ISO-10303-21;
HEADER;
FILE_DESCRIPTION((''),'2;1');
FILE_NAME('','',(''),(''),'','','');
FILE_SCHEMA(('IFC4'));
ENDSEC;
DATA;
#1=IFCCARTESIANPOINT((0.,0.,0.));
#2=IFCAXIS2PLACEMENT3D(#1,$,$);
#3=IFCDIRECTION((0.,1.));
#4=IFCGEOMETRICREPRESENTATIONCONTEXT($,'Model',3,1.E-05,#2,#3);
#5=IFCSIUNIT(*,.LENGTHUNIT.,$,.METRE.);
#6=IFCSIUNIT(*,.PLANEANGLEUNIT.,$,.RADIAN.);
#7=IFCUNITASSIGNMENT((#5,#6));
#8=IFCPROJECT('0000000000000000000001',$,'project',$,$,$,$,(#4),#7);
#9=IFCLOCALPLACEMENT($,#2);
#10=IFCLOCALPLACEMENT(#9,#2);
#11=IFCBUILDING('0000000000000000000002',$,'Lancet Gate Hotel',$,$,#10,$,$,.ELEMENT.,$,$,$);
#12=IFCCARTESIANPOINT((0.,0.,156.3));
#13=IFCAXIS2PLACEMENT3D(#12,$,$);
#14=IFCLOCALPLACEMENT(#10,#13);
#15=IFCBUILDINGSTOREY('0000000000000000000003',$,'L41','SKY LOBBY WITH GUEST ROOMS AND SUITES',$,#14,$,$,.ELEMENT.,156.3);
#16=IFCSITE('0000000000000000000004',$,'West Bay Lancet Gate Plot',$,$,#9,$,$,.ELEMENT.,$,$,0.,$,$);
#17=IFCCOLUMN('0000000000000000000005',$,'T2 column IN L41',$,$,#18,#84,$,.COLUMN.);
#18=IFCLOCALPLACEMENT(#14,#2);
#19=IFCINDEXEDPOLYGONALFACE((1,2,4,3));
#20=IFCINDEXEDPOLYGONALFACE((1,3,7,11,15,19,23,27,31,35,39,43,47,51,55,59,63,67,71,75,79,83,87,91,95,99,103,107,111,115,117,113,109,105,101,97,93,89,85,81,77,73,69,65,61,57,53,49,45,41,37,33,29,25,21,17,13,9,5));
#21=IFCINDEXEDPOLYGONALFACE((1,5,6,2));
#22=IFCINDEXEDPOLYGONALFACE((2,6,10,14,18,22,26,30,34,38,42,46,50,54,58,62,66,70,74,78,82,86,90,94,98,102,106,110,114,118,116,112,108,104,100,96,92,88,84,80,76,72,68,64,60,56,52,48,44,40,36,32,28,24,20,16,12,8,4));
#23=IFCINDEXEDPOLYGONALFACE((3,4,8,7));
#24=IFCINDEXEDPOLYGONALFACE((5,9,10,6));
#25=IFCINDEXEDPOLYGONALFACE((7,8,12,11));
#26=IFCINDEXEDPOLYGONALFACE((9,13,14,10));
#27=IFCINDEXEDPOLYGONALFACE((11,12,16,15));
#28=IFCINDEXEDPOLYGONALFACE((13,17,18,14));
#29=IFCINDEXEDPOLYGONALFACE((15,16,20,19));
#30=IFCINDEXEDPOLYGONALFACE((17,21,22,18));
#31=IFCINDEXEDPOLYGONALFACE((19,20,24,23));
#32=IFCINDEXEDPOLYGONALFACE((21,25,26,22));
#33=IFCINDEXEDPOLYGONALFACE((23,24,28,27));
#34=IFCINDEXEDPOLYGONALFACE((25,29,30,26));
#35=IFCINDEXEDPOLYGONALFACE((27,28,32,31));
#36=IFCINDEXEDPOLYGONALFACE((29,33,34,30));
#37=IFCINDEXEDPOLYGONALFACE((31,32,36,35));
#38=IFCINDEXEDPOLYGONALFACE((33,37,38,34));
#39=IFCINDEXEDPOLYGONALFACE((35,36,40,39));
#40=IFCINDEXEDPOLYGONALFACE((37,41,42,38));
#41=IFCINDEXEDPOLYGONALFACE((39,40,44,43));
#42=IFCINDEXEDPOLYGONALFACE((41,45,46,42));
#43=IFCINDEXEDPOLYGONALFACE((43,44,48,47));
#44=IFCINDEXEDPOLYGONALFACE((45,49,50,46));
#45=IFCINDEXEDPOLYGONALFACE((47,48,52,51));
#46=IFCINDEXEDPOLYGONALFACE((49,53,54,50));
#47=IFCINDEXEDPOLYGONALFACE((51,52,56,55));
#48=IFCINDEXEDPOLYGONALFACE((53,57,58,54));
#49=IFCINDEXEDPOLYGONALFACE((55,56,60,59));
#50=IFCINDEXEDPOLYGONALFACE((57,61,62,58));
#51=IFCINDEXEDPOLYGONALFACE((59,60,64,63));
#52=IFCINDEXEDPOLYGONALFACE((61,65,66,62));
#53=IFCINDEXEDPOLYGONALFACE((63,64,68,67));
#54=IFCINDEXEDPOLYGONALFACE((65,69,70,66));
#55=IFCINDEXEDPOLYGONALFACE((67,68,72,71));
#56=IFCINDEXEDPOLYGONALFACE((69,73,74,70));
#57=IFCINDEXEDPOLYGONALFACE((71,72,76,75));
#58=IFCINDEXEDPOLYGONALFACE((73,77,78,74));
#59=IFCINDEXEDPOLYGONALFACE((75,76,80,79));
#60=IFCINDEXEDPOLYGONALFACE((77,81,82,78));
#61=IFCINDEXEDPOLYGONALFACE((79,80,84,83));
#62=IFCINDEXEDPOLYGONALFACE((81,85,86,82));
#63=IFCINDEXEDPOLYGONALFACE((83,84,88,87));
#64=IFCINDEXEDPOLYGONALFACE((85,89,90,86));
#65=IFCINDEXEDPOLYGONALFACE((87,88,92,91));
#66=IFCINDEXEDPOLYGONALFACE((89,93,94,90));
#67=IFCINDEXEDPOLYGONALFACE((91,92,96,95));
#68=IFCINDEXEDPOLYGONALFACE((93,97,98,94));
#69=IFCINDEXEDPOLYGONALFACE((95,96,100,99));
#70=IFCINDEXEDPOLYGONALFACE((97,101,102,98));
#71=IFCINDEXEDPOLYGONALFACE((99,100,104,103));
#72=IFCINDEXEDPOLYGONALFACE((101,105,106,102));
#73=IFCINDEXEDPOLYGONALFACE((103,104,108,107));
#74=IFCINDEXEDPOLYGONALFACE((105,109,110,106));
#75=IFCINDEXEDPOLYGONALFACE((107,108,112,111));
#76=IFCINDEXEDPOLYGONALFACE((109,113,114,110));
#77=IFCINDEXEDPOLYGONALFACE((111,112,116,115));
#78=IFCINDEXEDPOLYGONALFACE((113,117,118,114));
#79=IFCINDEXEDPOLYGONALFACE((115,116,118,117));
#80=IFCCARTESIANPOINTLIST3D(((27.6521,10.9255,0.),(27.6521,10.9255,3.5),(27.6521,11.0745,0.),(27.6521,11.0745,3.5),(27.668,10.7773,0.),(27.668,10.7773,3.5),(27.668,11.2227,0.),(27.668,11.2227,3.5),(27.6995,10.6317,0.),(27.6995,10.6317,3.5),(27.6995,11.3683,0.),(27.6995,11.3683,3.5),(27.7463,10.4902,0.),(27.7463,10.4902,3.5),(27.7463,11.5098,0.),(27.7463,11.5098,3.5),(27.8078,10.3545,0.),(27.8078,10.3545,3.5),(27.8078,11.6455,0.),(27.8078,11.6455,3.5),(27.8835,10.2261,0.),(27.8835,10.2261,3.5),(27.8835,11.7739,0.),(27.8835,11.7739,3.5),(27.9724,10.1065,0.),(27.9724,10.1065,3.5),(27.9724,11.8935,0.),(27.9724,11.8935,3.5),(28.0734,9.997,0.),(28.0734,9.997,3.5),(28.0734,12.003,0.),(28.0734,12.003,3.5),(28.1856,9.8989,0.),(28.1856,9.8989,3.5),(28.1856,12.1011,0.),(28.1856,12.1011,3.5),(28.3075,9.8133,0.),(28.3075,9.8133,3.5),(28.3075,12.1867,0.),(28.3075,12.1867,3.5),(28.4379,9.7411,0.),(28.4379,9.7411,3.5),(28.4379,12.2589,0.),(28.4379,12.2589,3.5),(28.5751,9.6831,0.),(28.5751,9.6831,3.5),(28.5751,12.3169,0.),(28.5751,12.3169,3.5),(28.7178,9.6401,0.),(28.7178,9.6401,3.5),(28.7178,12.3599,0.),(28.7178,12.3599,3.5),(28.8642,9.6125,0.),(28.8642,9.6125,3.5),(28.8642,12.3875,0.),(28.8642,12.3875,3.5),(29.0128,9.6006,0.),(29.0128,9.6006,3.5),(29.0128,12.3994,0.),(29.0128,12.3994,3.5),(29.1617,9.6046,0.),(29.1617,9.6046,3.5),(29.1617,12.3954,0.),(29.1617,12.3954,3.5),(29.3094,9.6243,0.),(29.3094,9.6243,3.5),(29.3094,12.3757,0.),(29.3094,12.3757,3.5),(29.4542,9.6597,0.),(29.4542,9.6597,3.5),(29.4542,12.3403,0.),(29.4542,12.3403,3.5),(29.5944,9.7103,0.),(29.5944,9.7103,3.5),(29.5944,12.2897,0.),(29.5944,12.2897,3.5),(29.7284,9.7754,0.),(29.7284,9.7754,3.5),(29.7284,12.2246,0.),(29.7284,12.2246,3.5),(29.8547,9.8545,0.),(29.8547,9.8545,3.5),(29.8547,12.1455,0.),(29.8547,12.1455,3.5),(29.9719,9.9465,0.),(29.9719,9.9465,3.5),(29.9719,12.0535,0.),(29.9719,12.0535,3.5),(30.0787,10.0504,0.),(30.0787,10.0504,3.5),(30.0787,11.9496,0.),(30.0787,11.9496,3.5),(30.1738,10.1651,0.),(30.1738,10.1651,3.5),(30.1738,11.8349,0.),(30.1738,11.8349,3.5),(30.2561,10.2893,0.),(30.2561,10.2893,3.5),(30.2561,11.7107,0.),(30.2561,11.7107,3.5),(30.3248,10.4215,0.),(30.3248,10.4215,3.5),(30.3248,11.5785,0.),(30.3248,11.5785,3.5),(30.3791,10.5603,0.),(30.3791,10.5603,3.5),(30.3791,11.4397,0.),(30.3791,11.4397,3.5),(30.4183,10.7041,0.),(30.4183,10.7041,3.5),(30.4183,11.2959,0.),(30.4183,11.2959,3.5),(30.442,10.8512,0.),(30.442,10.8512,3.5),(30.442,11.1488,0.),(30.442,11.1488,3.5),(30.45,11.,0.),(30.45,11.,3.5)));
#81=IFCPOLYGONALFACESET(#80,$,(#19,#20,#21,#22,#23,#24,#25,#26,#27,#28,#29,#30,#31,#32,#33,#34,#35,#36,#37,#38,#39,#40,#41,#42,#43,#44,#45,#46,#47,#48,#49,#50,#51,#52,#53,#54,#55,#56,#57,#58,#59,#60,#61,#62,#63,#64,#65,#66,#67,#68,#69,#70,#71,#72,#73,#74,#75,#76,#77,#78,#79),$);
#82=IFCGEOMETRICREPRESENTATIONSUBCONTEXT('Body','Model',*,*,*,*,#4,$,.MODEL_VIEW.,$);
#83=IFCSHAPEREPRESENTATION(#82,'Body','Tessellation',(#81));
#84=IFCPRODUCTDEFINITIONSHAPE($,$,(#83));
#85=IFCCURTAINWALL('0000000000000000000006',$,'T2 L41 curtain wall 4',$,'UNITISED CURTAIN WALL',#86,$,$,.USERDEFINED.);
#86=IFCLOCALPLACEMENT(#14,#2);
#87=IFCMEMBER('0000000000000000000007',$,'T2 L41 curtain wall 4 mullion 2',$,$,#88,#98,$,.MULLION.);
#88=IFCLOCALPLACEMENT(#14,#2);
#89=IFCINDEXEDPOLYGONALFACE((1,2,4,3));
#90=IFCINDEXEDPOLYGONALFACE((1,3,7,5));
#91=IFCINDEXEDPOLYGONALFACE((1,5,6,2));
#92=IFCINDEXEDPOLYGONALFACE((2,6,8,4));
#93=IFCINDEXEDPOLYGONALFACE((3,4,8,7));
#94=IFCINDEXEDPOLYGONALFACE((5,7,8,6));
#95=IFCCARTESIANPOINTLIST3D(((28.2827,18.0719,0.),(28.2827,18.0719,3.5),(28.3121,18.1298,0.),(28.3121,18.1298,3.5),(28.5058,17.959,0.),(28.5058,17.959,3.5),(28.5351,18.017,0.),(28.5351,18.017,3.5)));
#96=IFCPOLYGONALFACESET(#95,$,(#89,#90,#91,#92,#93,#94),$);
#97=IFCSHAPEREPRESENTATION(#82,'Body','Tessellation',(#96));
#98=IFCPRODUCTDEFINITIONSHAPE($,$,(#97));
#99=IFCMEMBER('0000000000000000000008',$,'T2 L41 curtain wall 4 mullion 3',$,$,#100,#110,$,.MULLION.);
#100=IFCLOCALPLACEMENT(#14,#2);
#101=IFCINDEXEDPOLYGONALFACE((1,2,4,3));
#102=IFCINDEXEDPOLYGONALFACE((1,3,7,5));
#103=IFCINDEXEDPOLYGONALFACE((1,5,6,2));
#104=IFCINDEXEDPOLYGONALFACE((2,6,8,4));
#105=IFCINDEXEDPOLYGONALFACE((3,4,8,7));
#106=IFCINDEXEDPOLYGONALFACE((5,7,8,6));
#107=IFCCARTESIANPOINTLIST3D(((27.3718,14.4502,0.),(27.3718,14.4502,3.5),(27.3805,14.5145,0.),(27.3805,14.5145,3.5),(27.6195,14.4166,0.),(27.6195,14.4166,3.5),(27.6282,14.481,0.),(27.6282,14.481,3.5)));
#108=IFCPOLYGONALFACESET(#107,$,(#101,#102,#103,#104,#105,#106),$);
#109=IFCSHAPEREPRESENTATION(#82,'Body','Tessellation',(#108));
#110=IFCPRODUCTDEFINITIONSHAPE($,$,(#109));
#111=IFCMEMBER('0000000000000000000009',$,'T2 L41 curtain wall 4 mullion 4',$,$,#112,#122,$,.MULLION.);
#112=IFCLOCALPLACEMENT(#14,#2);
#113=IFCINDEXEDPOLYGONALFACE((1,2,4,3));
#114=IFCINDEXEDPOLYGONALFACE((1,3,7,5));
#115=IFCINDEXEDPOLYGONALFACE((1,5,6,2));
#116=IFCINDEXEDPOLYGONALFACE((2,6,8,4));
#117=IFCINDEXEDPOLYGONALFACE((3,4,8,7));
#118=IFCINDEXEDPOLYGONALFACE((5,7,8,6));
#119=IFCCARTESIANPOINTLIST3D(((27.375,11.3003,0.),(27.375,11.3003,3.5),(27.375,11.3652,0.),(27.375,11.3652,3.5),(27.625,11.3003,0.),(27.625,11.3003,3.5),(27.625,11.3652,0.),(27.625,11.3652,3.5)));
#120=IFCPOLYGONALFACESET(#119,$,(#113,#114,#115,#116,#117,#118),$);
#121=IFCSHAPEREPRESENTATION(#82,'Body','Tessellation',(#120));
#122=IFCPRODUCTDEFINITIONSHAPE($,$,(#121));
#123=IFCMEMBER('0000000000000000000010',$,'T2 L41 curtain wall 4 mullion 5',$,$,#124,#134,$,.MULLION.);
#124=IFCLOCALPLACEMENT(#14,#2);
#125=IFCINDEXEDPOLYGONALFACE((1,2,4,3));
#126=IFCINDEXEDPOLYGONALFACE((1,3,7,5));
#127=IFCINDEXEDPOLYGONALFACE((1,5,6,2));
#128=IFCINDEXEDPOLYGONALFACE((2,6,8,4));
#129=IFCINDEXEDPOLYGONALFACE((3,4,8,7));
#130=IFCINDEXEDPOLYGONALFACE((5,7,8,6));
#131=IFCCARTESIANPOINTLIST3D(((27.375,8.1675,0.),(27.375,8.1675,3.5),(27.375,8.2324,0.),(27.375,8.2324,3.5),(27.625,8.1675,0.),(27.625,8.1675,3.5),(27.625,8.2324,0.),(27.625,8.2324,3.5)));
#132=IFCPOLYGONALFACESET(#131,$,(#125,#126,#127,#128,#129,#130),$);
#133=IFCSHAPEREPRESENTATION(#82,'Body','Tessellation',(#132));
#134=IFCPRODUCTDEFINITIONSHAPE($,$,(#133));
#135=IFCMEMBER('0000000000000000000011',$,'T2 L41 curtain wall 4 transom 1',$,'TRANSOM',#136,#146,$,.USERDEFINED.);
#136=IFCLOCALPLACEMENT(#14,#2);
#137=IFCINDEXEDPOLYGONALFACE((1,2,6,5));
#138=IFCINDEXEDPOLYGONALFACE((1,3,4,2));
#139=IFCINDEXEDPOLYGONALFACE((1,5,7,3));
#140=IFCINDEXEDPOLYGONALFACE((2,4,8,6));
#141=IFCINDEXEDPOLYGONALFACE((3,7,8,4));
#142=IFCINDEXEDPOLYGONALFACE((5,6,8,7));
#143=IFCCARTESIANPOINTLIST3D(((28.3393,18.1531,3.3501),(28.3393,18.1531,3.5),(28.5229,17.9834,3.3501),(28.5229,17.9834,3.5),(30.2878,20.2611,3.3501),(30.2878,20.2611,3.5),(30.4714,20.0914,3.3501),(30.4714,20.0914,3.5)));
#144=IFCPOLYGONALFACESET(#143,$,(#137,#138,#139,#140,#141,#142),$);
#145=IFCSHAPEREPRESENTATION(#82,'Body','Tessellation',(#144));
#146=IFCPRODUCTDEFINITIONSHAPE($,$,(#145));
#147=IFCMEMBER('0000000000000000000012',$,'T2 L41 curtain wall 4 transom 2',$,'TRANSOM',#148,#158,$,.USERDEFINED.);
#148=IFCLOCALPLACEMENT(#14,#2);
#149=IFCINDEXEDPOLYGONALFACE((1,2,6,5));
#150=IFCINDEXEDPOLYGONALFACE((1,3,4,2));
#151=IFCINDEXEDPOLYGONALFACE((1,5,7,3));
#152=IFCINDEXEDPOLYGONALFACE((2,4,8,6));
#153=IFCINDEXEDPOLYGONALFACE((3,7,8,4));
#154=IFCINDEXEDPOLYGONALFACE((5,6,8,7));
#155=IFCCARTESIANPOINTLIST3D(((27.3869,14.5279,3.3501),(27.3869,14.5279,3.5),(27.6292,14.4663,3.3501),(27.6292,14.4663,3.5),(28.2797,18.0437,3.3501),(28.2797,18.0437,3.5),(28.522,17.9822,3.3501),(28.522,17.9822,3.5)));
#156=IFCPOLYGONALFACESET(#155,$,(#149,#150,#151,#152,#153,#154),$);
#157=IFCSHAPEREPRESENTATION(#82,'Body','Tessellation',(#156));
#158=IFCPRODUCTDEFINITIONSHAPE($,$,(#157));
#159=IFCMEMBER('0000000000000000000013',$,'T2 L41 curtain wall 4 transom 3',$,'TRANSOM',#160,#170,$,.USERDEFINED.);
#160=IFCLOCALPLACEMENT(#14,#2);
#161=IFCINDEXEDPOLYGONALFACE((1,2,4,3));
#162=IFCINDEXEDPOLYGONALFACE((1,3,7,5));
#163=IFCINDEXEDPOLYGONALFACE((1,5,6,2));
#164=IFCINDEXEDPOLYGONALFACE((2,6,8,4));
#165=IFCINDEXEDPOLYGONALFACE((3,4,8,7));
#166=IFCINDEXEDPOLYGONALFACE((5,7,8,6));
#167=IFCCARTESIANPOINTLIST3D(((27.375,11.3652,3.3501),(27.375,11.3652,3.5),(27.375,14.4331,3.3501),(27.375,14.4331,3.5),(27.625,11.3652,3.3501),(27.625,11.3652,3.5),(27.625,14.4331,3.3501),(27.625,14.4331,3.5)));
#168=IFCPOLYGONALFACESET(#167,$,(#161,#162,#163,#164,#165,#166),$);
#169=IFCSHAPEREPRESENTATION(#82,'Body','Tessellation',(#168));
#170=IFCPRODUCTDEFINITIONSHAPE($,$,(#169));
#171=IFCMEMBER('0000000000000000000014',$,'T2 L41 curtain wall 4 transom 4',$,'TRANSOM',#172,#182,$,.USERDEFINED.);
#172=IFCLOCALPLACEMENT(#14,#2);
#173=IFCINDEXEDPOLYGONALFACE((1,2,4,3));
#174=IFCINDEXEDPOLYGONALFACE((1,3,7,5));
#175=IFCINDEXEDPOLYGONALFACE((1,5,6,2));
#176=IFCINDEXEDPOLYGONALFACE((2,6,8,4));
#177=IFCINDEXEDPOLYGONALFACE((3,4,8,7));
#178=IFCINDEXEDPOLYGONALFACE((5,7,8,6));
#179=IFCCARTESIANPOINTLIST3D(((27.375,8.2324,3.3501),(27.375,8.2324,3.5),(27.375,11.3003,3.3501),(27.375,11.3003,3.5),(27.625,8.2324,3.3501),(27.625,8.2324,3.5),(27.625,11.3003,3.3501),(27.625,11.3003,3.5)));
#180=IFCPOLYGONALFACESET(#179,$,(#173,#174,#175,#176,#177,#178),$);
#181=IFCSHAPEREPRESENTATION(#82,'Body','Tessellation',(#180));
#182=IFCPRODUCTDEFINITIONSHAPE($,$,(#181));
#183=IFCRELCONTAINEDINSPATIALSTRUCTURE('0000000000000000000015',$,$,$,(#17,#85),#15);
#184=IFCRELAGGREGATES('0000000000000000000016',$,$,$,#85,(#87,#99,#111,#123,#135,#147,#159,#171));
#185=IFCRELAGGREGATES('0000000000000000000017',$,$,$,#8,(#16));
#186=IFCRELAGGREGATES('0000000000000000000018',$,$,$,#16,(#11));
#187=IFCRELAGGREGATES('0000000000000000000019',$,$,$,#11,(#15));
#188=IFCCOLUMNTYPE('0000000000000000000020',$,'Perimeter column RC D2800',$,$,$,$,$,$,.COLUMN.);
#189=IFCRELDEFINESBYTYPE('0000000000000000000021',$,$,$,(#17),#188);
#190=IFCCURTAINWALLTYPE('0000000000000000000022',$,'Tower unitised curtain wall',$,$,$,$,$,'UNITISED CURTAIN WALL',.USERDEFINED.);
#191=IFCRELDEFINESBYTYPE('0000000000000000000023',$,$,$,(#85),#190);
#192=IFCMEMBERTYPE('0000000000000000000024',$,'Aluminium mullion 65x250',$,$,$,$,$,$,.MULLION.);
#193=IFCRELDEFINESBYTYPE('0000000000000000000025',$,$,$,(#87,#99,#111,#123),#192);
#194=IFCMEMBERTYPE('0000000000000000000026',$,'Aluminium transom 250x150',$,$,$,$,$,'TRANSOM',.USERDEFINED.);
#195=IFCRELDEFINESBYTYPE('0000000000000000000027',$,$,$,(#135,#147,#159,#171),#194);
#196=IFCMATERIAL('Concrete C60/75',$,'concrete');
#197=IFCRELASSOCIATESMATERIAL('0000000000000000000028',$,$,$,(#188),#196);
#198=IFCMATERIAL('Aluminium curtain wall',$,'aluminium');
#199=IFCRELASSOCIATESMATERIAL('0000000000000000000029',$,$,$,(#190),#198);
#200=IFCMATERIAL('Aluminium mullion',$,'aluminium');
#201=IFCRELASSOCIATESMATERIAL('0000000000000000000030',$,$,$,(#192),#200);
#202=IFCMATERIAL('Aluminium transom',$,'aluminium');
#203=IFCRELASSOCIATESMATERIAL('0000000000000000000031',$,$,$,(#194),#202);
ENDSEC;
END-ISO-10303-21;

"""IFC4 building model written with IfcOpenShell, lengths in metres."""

from ifc_helpers import new_model, si_unit, direction, frame, origin, origin_2d, place, context, subcontext, project, spatial, rectangle, circle, extrude, material, material_profile, profile_set, type_object, element, aggregate, save


model = new_model("IFC4")

# Units and contexts
model_context = context("Model", 3, precision=1e-05, world=origin(), true_north=direction((0.0, 1.0)))
body_context = subcontext(model_context, "Body", "Model", "MODEL_VIEW")
ifc_project = project(units=[si_unit("LENGTHUNIT", "METRE"), si_unit("PLANEANGLEUNIT", "RADIAN")], contexts=[model_context])

# Site, building, storey
site_placement = place(None, origin())
site = spatial("IfcSite", under=ifc_project, at=site_placement, Name="West Bay Lancet Gate Plot", CompositionType="ELEMENT", RefElevation=0.0)
building_placement = place(site_placement, origin())
building = spatial("IfcBuilding", under=site, at=building_placement, Name="Lancet Gate Hotel", CompositionType="ELEMENT")
storey_placement = place(building_placement, frame((0.0, 0.0, 156.3)))
storey = spatial("IfcBuildingStorey", under=building, at=storey_placement, Name="L41", Description="SKY LOBBY WITH GUEST ROOMS AND SUITES", CompositionType="ELEMENT", Elevation=156.3)

# Column
ifc_material_1 = material(Name="Concrete C60/75", Category="concrete")
ifc_material_profile_1 = material_profile(ifc_material_1, circle(Radius=1.3999, at=origin_2d()), Name="RC D2800")
ifc_profile_set_1 = profile_set([ifc_material_profile_1], Name="Concrete C60/75")
column_type = type_object("IfcColumnType", Name="Perimeter column RC D2800", PredefinedType="COLUMN", material=ifc_profile_set_1)
column_placement = place(storey_placement, frame((29.05, 11.0, 0.0), z_axis=(0.0, 0.0, 1.0), x_axis=(1.0, 0.0, 0.0)))
element("IfcColumn", 1, at=column_placement, inside=storey, type_object=column_type, Name="T2 column IN L41", PredefinedType="COLUMN", context=body_context, shape_type="SweptSolid", body=[
    extrude(circle(Radius=1.3999, at=origin_2d()), origin(), (0.0, 0.0, 1.0), 3.5),
])

# Curtain wall, members
ifc_material_2 = material(Name="Aluminium curtain wall", Category="aluminium")
curtain_wall_type = type_object("IfcCurtainWallType", Name="Tower unitised curtain wall", ElementType="UNITISED CURTAIN WALL", PredefinedType="USERDEFINED", material=ifc_material_2)
curtain_wall_placement = place(storey_placement, origin())
curtain_wall = element("IfcCurtainWall", 2, at=curtain_wall_placement, inside=storey, type_object=curtain_wall_type, Name="T2 L41 curtain wall 4", ObjectType="UNITISED CURTAIN WALL", PredefinedType="USERDEFINED")
ifc_material_3 = material(Name="Aluminium mullion", Category="aluminium")
ifc_material_profile_2 = material_profile(ifc_material_3, rectangle(XDim=0.0649, YDim=0.25, at=origin_2d()), Name="MULLION 65x250")
ifc_profile_set_2 = profile_set([ifc_material_profile_2], Name="Aluminium mullion")
member_type_1 = type_object("IfcMemberType", Name="Aluminium mullion 65x250", PredefinedType="MULLION", material=ifc_profile_set_2)
member_1_placement = place(storey_placement, frame((28.4089, 18.0444, 0.0), z_axis=(0.0, 0.0, 1.0), x_axis=(-0.451506, -0.892268, 0.0)))
member_1 = element("IfcMember", 3, at=member_1_placement, type_object=member_type_1, Name="T2 L41 curtain wall 4 mullion 2", PredefinedType="MULLION", context=body_context, shape_type="SweptSolid", body=[
    extrude(rectangle(XDim=0.0649, YDim=0.25, at=origin_2d()), origin(), (0.0, 0.0, 1.0), 3.5),
])
member_2_placement = place(storey_placement, frame((27.5, 14.4656, 0.0), z_axis=(0.0, 0.0, 1.0), x_axis=(-0.134207, -0.990953, 0.0)))
member_2 = element("IfcMember", 4, at=member_2_placement, type_object=member_type_1, Name="T2 L41 curtain wall 4 mullion 3", PredefinedType="MULLION", context=body_context, shape_type="SweptSolid", body=[
    extrude(rectangle(XDim=0.0649, YDim=0.25, at=origin_2d()), origin(), (0.0, 0.0, 1.0), 3.5),
])
member_3_placement = place(storey_placement, frame((27.5, 11.3328, 0.0), z_axis=(0.0, 0.0, 1.0), x_axis=(0.0, -1.0, 0.0)))
member_3 = element("IfcMember", 5, at=member_3_placement, type_object=member_type_1, Name="T2 L41 curtain wall 4 mullion 4", PredefinedType="MULLION", context=body_context, shape_type="SweptSolid", body=[
    extrude(rectangle(XDim=0.0649, YDim=0.25, at=origin_2d()), origin(), (0.0, 0.0, 1.0), 3.5),
])
member_4_placement = place(storey_placement, frame((27.5, 8.2, 0.0), z_axis=(0.0, 0.0, 1.0), x_axis=(0.0, -1.0, 0.0)))
member_4 = element("IfcMember", 6, at=member_4_placement, type_object=member_type_1, Name="T2 L41 curtain wall 4 mullion 5", PredefinedType="MULLION", context=body_context, shape_type="SweptSolid", body=[
    extrude(rectangle(XDim=0.0649, YDim=0.25, at=origin_2d()), origin(), (0.0, 0.0, 1.0), 3.5),
])
ifc_material_4 = material(Name="Aluminium transom", Category="aluminium")
ifc_material_profile_3 = material_profile(ifc_material_4, rectangle(XDim=0.25, YDim=0.1499, at=origin_2d()), Name="TRANSOM 250x150")
ifc_profile_set_3 = profile_set([ifc_material_profile_3], Name="Aluminium transom")
member_type_2 = type_object("IfcMemberType", Name="Aluminium transom 250x150", ElementType="TRANSOM", PredefinedType="USERDEFINED", material=ifc_profile_set_3)
member_5_placement = place(storey_placement, frame((30.3796, 20.1763, 3.425), z_axis=(-0.678792, -0.73433, 0.0), x_axis=(0.73433, -0.678792, 0.0)))
member_5 = element("IfcMember", 7, at=member_5_placement, type_object=member_type_2, Name="T2 L41 curtain wall 4 transom 1", ObjectType="TRANSOM", PredefinedType="USERDEFINED", context=body_context, shape_type="SweptSolid", body=[
    extrude(rectangle(XDim=0.25, YDim=0.1499, at=origin_2d()), origin(), (0.0, 0.0, 1.0), 2.8706),
])
member_6_placement = place(storey_placement, frame((28.4009, 18.0129, 3.425), z_axis=(-0.246129, -0.969237, 0.0), x_axis=(0.969237, -0.246129, 0.0)))
member_6 = element("IfcMember", 8, at=member_6_placement, type_object=member_type_2, Name="T2 L41 curtain wall 4 transom 2", ObjectType="TRANSOM", PredefinedType="USERDEFINED", context=body_context, shape_type="SweptSolid", body=[
    extrude(rectangle(XDim=0.25, YDim=0.1499, at=origin_2d()), origin(), (0.0, 0.0, 1.0), 3.6274),
])
member_7_placement = place(storey_placement, frame((27.5, 14.4331, 3.425), z_axis=(0.0, -1.0, 0.0), x_axis=(1.0, 0.0, 0.0)))
member_7 = element("IfcMember", 9, at=member_7_placement, type_object=member_type_2, Name="T2 L41 curtain wall 4 transom 3", ObjectType="TRANSOM", PredefinedType="USERDEFINED", context=body_context, shape_type="SweptSolid", body=[
    extrude(rectangle(XDim=0.25, YDim=0.1499, at=origin_2d()), origin(), (0.0, 0.0, 1.0), 3.0679),
])
member_8_placement = place(storey_placement, frame((27.5, 11.3003, 3.425), z_axis=(0.0, -1.0, 0.0), x_axis=(1.0, 0.0, 0.0)))
member_8 = element("IfcMember", 10, at=member_8_placement, type_object=member_type_2, Name="T2 L41 curtain wall 4 transom 4", ObjectType="TRANSOM", PredefinedType="USERDEFINED", context=body_context, shape_type="SweptSolid", body=[
    extrude(rectangle(XDim=0.25, YDim=0.1499, at=origin_2d()), origin(), (0.0, 0.0, 1.0), 3.0679),
])

aggregate(curtain_wall, [member_1, member_2, member_3, member_4, member_5, member_6, member_7, member_8])

save(model, "model.ifc")
